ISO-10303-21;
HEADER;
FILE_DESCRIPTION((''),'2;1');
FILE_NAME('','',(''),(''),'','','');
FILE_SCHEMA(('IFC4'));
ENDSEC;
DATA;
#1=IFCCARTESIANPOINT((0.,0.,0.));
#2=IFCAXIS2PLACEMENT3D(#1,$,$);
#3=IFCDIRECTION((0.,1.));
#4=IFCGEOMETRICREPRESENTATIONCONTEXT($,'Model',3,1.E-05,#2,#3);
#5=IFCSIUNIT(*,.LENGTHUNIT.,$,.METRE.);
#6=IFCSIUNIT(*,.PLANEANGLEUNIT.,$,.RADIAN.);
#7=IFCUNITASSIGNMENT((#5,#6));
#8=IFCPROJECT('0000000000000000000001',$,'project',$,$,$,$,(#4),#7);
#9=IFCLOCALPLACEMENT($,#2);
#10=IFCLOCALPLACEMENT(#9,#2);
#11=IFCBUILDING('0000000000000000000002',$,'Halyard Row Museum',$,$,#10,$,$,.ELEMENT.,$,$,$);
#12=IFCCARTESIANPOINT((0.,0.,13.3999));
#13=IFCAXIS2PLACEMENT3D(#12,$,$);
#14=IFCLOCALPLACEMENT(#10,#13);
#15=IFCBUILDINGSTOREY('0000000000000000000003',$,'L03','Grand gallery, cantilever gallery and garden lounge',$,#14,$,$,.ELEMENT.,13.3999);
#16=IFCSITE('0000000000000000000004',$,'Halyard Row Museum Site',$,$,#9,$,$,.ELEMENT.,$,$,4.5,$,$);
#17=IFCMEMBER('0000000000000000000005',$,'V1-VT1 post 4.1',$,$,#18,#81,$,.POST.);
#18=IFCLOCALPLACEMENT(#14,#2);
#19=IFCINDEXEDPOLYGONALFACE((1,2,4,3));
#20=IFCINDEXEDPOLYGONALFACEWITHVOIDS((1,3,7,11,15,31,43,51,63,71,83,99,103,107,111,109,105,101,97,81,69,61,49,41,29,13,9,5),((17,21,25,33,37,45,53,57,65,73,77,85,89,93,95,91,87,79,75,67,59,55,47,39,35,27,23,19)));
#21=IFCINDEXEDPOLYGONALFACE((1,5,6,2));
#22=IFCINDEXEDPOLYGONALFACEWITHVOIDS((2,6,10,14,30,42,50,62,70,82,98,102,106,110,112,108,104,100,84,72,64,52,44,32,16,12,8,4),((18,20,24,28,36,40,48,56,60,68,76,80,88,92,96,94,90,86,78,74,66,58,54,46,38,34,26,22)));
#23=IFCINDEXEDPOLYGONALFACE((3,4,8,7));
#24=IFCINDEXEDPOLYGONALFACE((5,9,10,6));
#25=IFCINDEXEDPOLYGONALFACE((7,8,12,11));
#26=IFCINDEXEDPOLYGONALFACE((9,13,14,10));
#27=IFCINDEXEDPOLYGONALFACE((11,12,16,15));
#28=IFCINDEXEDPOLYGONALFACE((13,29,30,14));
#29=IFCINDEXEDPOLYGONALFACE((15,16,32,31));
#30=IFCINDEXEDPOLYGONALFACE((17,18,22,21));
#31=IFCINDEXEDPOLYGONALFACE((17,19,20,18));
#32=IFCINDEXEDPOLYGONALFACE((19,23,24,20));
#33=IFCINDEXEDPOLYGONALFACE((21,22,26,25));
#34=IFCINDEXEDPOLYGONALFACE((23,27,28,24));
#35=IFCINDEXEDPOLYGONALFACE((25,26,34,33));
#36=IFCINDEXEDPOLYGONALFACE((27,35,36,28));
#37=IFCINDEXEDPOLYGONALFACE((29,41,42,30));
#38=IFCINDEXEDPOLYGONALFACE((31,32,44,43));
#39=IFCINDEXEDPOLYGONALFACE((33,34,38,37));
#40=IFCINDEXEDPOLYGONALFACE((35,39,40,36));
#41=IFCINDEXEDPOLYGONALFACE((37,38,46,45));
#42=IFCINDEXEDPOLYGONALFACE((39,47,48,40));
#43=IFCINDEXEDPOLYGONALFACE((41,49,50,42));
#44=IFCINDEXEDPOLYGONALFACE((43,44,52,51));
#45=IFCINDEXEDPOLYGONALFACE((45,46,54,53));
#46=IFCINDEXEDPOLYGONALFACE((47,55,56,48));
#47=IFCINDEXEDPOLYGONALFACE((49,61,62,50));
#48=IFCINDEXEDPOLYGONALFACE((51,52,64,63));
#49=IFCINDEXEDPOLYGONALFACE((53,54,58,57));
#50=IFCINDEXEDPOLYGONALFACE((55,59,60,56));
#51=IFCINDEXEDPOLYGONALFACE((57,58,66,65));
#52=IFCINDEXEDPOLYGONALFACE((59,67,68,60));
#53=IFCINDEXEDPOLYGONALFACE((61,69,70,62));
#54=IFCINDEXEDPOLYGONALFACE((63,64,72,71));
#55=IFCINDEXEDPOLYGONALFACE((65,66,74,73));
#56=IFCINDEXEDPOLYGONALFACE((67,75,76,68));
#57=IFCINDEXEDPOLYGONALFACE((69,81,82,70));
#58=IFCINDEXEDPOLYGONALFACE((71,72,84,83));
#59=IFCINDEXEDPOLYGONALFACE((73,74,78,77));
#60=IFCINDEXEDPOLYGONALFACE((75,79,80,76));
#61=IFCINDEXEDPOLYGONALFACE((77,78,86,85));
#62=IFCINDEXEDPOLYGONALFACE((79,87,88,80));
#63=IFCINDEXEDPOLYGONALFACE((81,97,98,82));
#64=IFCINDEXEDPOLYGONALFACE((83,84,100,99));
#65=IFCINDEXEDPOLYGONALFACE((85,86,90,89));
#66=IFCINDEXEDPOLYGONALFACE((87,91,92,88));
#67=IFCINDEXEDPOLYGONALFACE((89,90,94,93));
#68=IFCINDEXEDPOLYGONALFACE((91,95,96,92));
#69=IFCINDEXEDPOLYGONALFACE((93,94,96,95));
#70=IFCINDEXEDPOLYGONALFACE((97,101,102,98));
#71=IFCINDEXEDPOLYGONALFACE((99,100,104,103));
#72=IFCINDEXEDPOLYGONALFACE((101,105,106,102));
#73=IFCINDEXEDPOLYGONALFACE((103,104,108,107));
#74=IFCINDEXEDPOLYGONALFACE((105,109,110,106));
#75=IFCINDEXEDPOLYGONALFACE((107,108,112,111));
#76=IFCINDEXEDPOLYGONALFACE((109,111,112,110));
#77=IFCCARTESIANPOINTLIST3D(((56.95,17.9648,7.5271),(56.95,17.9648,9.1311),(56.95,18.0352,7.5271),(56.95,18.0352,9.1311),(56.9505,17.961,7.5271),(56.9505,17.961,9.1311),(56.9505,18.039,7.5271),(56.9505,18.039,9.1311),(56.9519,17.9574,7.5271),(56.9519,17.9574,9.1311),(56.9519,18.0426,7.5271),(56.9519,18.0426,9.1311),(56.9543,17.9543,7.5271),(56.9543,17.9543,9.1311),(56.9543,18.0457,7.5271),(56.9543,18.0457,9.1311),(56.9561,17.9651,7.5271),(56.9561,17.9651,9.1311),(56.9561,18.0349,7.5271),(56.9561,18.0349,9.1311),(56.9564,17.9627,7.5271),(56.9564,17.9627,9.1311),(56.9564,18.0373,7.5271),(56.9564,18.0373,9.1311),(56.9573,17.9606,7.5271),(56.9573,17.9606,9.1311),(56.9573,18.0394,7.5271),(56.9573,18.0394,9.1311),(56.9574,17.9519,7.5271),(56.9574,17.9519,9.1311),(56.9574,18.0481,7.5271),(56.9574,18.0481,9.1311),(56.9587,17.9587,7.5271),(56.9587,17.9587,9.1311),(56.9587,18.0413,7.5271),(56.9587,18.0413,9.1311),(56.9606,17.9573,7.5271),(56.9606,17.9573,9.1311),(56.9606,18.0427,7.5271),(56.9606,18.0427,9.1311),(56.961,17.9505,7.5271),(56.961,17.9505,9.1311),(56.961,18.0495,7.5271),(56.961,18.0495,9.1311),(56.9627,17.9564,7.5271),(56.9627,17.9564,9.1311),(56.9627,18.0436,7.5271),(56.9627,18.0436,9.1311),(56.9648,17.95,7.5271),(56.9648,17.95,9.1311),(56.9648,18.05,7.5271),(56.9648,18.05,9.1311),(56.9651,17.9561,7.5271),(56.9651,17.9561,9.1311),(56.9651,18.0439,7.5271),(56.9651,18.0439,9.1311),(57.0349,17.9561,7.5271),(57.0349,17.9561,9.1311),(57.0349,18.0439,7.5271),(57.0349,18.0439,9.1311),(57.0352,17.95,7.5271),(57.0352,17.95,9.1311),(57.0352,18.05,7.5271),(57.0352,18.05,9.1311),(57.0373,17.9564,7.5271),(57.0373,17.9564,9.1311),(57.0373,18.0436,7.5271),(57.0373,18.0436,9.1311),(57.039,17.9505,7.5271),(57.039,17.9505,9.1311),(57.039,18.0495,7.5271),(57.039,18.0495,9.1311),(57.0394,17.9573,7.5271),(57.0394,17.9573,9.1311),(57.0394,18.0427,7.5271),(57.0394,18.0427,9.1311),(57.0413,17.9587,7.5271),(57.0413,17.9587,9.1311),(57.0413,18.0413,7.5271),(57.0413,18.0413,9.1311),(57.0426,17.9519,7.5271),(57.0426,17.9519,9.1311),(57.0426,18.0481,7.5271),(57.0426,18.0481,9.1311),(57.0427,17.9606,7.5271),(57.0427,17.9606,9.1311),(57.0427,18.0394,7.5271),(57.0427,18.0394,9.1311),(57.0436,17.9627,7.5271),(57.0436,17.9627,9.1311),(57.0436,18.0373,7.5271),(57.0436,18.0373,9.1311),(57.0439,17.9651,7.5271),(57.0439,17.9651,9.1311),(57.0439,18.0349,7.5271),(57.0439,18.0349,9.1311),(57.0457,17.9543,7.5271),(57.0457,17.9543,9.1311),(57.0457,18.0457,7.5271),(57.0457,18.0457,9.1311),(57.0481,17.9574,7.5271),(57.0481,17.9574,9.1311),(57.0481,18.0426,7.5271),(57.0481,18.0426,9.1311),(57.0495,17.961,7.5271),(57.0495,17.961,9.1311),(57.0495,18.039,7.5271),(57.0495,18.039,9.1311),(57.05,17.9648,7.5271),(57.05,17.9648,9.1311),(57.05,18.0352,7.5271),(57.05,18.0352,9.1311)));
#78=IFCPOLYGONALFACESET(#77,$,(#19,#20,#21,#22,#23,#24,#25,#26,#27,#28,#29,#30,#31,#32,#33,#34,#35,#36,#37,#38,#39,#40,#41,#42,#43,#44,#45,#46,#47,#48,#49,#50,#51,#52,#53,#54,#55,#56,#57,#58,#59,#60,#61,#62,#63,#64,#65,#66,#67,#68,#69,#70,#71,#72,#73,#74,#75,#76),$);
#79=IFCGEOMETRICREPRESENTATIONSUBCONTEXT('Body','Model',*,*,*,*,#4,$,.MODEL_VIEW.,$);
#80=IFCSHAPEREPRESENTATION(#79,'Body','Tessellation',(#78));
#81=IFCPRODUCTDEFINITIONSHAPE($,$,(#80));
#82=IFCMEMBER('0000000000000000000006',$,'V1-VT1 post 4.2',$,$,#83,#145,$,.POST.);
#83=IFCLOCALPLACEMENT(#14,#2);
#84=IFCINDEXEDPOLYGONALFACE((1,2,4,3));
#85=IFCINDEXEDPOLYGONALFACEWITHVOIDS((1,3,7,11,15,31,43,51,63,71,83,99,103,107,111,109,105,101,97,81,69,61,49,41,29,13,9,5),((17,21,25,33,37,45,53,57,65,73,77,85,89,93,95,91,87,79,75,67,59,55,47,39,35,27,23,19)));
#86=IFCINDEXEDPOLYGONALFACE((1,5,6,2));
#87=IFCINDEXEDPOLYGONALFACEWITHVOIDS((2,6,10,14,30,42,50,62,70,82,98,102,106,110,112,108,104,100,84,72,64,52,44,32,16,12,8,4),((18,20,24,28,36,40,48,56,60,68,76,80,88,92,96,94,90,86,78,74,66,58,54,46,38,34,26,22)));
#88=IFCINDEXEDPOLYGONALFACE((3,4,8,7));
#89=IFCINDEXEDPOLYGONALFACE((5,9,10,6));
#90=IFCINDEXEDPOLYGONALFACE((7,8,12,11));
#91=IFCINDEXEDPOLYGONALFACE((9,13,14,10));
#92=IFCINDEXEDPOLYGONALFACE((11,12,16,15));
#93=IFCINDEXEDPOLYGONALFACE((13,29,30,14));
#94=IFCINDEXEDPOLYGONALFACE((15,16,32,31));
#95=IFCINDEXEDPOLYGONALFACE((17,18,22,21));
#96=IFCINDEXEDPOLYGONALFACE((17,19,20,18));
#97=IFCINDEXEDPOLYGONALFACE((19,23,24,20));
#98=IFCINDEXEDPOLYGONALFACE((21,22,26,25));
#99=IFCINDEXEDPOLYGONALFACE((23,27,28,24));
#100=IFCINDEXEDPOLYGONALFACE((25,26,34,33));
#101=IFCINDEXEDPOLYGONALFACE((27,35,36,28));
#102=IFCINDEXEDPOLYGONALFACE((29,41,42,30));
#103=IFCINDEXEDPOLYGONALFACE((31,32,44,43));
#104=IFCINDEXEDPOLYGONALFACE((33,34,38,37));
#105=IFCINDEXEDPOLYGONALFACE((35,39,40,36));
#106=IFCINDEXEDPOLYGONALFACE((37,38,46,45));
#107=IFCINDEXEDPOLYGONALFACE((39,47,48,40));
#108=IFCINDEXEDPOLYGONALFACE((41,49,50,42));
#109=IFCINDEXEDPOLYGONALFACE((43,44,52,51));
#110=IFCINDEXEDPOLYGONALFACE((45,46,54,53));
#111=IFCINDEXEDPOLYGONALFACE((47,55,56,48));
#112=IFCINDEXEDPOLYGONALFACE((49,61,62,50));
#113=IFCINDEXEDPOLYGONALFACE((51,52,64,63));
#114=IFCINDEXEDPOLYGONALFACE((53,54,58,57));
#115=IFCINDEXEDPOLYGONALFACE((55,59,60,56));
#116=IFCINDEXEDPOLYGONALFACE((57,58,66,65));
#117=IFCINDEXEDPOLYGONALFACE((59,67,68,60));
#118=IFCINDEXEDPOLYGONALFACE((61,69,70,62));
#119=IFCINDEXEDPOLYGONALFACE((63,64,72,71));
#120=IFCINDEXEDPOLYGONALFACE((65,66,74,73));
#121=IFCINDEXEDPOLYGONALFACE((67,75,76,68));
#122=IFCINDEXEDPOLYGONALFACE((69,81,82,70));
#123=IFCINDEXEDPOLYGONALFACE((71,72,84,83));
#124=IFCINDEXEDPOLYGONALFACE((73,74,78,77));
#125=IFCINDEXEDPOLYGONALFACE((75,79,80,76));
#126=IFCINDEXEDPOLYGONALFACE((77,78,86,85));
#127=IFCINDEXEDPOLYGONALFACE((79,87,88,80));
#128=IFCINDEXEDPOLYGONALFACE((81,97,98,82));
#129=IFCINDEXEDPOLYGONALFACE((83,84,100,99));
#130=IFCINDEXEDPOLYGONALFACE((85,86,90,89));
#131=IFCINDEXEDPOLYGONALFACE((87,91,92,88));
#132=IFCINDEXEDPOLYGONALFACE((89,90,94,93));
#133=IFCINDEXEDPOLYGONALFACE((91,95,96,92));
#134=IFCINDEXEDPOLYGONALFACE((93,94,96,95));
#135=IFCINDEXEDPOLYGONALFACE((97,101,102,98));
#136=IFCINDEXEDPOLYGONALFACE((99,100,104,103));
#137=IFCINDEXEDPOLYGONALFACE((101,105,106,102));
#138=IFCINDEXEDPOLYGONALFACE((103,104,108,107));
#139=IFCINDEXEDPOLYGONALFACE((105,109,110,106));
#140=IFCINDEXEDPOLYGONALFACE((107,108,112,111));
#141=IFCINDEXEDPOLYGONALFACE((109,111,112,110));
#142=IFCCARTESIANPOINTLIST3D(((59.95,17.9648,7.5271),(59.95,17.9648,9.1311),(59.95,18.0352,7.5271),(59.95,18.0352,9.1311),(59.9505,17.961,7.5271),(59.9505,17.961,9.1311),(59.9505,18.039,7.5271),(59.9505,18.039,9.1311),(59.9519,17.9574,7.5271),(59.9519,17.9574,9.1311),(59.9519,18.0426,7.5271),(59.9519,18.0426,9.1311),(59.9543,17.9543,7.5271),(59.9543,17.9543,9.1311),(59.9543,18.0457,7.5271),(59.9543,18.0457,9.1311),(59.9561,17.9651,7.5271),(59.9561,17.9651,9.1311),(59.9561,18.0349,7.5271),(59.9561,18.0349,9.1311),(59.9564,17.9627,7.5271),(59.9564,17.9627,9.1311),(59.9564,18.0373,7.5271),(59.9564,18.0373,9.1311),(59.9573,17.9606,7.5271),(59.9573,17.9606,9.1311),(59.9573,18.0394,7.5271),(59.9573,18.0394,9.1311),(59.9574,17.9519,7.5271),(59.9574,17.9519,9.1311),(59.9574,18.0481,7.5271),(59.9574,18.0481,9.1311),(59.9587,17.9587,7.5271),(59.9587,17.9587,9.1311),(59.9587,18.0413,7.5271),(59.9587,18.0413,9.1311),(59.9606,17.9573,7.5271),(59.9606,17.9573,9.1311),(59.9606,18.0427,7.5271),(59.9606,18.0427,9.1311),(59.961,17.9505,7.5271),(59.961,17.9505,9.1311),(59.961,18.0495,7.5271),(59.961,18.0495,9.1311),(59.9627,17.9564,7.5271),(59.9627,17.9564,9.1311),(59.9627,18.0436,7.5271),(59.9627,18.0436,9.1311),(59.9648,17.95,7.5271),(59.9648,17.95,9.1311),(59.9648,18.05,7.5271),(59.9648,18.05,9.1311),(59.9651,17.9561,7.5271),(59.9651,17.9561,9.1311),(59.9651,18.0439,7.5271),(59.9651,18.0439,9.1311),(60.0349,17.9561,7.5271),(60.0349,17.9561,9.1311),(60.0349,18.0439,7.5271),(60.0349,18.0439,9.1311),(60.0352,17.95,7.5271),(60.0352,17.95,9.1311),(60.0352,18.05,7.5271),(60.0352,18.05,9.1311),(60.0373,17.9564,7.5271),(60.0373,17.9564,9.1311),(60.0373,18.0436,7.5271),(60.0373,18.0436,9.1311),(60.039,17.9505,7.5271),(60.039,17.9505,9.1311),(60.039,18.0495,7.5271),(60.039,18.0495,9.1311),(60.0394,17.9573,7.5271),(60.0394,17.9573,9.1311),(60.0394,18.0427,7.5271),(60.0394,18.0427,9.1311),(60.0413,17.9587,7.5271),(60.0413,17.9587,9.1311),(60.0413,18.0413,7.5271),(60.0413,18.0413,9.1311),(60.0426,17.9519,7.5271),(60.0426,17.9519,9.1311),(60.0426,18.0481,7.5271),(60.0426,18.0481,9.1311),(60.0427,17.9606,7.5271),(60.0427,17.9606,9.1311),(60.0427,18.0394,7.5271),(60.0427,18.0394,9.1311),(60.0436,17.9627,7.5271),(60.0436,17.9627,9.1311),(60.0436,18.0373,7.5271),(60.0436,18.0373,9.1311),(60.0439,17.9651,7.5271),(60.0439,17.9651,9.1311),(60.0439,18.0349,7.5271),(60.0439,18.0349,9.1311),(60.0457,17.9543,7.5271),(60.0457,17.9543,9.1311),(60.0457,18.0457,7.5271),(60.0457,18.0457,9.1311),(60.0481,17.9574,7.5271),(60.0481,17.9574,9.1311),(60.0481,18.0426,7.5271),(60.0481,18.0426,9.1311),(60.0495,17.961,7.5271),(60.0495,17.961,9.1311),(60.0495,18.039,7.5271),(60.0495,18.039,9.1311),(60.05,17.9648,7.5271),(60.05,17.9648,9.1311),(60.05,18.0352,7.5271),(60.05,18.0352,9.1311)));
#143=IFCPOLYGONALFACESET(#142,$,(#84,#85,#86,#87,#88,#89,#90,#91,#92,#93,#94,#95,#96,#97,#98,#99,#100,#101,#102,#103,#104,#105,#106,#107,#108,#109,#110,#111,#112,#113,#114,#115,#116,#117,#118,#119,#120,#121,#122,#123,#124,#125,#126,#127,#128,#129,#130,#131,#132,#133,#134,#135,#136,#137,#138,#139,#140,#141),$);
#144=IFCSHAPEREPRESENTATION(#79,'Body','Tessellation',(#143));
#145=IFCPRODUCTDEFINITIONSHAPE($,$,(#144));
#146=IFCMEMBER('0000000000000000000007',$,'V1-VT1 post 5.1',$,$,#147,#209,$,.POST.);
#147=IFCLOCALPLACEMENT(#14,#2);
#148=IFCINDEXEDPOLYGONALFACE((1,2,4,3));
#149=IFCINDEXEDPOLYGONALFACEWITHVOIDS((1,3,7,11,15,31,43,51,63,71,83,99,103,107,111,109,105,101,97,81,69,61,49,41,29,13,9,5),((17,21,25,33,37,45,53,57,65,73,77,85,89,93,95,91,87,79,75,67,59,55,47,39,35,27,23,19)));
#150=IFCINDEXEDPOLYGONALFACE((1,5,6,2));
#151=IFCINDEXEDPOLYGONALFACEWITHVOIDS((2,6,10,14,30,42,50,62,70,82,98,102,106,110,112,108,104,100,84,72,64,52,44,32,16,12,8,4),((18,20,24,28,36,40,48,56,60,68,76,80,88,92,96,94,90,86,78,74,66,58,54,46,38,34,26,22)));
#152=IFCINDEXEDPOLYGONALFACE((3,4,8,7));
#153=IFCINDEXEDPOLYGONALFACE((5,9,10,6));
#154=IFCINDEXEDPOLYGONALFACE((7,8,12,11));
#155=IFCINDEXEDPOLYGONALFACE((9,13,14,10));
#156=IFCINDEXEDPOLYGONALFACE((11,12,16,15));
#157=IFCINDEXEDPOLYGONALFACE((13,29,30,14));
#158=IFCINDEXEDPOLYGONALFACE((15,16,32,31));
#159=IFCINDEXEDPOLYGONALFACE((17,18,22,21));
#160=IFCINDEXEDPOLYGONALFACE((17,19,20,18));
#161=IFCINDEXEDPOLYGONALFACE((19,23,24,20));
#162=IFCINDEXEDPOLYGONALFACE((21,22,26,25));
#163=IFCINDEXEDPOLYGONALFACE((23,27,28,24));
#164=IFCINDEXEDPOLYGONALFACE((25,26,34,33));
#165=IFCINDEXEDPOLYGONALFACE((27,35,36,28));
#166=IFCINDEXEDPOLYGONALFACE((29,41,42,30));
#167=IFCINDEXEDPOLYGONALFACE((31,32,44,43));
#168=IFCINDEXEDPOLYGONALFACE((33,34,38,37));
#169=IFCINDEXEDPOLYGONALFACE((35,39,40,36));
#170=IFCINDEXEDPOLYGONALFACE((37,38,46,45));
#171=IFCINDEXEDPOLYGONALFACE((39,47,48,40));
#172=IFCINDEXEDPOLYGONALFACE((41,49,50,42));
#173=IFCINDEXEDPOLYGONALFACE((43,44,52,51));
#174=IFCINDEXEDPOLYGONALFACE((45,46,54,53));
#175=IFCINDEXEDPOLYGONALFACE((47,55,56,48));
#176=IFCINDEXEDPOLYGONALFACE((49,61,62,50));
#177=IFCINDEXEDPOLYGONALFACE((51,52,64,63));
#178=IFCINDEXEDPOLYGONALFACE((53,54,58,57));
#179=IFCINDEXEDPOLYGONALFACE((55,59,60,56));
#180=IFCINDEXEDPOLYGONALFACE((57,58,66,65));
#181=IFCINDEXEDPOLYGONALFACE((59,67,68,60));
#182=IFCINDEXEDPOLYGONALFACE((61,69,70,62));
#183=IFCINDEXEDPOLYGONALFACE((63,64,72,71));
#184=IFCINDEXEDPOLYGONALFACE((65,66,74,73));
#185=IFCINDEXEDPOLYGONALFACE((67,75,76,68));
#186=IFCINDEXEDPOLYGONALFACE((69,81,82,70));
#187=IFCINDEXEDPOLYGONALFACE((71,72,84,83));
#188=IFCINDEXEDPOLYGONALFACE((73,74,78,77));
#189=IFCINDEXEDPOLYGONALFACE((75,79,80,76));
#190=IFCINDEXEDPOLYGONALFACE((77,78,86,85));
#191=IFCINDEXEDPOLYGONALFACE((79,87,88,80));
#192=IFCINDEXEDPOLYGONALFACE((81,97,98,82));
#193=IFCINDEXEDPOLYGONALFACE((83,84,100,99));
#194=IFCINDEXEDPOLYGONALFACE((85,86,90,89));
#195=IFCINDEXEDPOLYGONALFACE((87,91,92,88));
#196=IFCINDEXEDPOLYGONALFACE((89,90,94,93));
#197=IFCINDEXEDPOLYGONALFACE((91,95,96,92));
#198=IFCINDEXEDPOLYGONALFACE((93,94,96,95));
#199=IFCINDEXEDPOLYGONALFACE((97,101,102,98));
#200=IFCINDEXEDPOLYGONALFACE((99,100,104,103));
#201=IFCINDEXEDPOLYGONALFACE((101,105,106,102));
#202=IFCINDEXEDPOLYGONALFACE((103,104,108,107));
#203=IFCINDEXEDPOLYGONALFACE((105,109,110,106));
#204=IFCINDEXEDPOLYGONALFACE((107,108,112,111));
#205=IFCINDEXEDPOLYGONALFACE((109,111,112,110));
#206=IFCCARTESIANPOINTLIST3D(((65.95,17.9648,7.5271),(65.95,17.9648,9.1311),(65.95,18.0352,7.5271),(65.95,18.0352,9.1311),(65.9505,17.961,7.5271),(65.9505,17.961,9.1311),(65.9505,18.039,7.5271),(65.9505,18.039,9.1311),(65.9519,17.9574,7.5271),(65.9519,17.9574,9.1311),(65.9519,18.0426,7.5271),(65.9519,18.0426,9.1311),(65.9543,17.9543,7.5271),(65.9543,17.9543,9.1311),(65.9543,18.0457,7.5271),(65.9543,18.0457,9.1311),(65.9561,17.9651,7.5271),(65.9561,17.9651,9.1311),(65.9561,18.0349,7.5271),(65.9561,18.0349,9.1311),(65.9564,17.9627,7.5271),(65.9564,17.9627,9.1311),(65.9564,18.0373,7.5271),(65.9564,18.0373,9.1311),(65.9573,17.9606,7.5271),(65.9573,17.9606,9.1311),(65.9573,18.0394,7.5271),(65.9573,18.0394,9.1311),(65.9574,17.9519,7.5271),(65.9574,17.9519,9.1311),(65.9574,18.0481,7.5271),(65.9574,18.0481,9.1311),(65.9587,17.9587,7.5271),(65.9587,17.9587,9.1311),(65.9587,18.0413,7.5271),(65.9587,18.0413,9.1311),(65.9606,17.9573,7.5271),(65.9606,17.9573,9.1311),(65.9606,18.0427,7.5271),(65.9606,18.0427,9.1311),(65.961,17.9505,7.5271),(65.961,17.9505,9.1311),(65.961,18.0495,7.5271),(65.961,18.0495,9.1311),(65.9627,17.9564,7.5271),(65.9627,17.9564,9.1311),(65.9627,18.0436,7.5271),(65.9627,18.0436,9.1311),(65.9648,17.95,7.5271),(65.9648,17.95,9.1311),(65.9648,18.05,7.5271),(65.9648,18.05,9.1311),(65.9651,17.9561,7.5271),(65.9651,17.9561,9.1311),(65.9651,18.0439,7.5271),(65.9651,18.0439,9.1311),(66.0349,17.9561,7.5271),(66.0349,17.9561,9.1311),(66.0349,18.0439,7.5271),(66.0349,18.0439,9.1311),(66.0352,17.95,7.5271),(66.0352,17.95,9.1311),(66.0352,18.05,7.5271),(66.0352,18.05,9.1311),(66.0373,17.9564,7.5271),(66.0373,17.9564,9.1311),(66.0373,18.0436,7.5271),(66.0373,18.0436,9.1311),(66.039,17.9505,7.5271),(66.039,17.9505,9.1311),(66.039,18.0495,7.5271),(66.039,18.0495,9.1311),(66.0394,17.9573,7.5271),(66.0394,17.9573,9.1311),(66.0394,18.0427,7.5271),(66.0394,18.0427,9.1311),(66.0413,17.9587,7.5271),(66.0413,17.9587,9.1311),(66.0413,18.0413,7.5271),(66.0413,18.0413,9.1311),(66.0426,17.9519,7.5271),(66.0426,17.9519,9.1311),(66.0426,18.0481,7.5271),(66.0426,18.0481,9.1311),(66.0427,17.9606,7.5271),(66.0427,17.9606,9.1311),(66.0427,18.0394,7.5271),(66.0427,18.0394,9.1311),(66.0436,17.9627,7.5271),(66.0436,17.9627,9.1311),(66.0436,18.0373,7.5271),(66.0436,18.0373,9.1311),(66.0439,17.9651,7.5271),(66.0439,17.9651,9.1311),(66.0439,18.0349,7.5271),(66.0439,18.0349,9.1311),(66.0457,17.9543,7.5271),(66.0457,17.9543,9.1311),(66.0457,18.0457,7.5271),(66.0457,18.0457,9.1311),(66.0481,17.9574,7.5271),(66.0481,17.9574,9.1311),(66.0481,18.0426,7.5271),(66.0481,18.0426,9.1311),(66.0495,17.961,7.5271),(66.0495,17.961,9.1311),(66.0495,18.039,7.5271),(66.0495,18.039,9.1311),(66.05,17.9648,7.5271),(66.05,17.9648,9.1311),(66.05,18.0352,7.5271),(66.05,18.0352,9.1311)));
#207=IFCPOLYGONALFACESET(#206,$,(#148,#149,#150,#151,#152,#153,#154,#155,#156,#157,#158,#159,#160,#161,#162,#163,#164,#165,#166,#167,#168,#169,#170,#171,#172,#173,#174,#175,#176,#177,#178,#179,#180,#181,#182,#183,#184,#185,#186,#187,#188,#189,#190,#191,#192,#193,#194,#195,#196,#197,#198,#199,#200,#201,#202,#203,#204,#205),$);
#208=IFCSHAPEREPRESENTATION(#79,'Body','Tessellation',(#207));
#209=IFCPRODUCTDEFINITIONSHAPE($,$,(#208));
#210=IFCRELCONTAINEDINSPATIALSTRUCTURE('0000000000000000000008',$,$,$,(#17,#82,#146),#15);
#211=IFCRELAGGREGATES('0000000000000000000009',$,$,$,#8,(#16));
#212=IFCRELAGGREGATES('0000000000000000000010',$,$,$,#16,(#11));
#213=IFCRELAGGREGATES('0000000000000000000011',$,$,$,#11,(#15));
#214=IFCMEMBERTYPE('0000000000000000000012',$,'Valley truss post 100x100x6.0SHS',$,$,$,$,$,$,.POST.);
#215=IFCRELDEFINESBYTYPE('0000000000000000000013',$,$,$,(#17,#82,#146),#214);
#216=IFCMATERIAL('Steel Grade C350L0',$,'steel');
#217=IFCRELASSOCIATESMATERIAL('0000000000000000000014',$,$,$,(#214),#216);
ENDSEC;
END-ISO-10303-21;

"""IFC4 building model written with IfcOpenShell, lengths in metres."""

from ifc_helpers import new_model, si_unit, direction, frame, origin, origin_2d, place, context, subcontext, project, spatial, hollow_rectangle, extrude, material, material_profile, profile_set, type_object, element, save


model = new_model("IFC4")

# Units and contexts
model_context = context("Model", 3, precision=1e-05, world=origin(), true_north=direction((0.0, 1.0)))
body_context = subcontext(model_context, "Body", "Model", "MODEL_VIEW")
ifc_project = project(units=[si_unit("LENGTHUNIT", "METRE"), si_unit("PLANEANGLEUNIT", "RADIAN")], contexts=[model_context])

# Site, building, storey
site_placement = place(None, origin())
site = spatial("IfcSite", under=ifc_project, at=site_placement, Name="Halyard Row Museum Site", CompositionType="ELEMENT", RefElevation=4.5)
building_placement = place(site_placement, origin())
building = spatial("IfcBuilding", under=site, at=building_placement, Name="Halyard Row Museum", CompositionType="ELEMENT")
storey_placement = place(building_placement, frame((0.0, 0.0, 13.3999)))
storey = spatial("IfcBuildingStorey", under=building, at=storey_placement, Name="L03", Description="Grand gallery, cantilever gallery and garden lounge", CompositionType="ELEMENT", Elevation=13.3999)

# Members
ifc_material_1 = material(Name="Steel Grade C350L0", Category="steel")
ifc_material_profile_1 = material_profile(ifc_material_1, hollow_rectangle(XDim=0.1001, YDim=0.1001, WallThickness=0.0061, InnerFilletRadius=0.009, OuterFilletRadius=0.0149, at=origin_2d()), Name="100x100x6.0SHS")
ifc_profile_set_1 = profile_set([ifc_material_profile_1], Name="Steel Grade C350L0")
member_type_1 = type_object("IfcMemberType", Name="Valley truss post 100x100x6.0SHS", PredefinedType="POST", material=ifc_profile_set_1)
for number, where, z_axis, x_axis, name in (
    (1, (57.0, 18.0, 7.5271), (0.0, 0.0, 1.0), (1.0, 0.0, 0.0), "V1-VT1 post 4.1"),
    (2, (60.0, 18.0, 7.5271), (0.0, 0.0, 1.0), (1.0, 0.0, 0.0), "V1-VT1 post 4.2"),
    (3, (66.0, 18.0, 7.5271), (0.0, 0.0, 1.0), (1.0, 0.0, 0.0), "V1-VT1 post 5.1"),
):
    element("IfcMember", number, at=place(storey_placement, frame(where, z_axis=z_axis, x_axis=x_axis)), inside=storey, type_object=member_type_1, Name=name, PredefinedType="POST", context=body_context, shape_type="SweptSolid", body=[
        extrude(hollow_rectangle(XDim=0.1001, YDim=0.1001, WallThickness=0.0061, InnerFilletRadius=0.009, OuterFilletRadius=0.0149, at=origin_2d()), origin(), (0.0, 0.0, 1.0), 1.604),
    ])

save(model, "model.ifc")
